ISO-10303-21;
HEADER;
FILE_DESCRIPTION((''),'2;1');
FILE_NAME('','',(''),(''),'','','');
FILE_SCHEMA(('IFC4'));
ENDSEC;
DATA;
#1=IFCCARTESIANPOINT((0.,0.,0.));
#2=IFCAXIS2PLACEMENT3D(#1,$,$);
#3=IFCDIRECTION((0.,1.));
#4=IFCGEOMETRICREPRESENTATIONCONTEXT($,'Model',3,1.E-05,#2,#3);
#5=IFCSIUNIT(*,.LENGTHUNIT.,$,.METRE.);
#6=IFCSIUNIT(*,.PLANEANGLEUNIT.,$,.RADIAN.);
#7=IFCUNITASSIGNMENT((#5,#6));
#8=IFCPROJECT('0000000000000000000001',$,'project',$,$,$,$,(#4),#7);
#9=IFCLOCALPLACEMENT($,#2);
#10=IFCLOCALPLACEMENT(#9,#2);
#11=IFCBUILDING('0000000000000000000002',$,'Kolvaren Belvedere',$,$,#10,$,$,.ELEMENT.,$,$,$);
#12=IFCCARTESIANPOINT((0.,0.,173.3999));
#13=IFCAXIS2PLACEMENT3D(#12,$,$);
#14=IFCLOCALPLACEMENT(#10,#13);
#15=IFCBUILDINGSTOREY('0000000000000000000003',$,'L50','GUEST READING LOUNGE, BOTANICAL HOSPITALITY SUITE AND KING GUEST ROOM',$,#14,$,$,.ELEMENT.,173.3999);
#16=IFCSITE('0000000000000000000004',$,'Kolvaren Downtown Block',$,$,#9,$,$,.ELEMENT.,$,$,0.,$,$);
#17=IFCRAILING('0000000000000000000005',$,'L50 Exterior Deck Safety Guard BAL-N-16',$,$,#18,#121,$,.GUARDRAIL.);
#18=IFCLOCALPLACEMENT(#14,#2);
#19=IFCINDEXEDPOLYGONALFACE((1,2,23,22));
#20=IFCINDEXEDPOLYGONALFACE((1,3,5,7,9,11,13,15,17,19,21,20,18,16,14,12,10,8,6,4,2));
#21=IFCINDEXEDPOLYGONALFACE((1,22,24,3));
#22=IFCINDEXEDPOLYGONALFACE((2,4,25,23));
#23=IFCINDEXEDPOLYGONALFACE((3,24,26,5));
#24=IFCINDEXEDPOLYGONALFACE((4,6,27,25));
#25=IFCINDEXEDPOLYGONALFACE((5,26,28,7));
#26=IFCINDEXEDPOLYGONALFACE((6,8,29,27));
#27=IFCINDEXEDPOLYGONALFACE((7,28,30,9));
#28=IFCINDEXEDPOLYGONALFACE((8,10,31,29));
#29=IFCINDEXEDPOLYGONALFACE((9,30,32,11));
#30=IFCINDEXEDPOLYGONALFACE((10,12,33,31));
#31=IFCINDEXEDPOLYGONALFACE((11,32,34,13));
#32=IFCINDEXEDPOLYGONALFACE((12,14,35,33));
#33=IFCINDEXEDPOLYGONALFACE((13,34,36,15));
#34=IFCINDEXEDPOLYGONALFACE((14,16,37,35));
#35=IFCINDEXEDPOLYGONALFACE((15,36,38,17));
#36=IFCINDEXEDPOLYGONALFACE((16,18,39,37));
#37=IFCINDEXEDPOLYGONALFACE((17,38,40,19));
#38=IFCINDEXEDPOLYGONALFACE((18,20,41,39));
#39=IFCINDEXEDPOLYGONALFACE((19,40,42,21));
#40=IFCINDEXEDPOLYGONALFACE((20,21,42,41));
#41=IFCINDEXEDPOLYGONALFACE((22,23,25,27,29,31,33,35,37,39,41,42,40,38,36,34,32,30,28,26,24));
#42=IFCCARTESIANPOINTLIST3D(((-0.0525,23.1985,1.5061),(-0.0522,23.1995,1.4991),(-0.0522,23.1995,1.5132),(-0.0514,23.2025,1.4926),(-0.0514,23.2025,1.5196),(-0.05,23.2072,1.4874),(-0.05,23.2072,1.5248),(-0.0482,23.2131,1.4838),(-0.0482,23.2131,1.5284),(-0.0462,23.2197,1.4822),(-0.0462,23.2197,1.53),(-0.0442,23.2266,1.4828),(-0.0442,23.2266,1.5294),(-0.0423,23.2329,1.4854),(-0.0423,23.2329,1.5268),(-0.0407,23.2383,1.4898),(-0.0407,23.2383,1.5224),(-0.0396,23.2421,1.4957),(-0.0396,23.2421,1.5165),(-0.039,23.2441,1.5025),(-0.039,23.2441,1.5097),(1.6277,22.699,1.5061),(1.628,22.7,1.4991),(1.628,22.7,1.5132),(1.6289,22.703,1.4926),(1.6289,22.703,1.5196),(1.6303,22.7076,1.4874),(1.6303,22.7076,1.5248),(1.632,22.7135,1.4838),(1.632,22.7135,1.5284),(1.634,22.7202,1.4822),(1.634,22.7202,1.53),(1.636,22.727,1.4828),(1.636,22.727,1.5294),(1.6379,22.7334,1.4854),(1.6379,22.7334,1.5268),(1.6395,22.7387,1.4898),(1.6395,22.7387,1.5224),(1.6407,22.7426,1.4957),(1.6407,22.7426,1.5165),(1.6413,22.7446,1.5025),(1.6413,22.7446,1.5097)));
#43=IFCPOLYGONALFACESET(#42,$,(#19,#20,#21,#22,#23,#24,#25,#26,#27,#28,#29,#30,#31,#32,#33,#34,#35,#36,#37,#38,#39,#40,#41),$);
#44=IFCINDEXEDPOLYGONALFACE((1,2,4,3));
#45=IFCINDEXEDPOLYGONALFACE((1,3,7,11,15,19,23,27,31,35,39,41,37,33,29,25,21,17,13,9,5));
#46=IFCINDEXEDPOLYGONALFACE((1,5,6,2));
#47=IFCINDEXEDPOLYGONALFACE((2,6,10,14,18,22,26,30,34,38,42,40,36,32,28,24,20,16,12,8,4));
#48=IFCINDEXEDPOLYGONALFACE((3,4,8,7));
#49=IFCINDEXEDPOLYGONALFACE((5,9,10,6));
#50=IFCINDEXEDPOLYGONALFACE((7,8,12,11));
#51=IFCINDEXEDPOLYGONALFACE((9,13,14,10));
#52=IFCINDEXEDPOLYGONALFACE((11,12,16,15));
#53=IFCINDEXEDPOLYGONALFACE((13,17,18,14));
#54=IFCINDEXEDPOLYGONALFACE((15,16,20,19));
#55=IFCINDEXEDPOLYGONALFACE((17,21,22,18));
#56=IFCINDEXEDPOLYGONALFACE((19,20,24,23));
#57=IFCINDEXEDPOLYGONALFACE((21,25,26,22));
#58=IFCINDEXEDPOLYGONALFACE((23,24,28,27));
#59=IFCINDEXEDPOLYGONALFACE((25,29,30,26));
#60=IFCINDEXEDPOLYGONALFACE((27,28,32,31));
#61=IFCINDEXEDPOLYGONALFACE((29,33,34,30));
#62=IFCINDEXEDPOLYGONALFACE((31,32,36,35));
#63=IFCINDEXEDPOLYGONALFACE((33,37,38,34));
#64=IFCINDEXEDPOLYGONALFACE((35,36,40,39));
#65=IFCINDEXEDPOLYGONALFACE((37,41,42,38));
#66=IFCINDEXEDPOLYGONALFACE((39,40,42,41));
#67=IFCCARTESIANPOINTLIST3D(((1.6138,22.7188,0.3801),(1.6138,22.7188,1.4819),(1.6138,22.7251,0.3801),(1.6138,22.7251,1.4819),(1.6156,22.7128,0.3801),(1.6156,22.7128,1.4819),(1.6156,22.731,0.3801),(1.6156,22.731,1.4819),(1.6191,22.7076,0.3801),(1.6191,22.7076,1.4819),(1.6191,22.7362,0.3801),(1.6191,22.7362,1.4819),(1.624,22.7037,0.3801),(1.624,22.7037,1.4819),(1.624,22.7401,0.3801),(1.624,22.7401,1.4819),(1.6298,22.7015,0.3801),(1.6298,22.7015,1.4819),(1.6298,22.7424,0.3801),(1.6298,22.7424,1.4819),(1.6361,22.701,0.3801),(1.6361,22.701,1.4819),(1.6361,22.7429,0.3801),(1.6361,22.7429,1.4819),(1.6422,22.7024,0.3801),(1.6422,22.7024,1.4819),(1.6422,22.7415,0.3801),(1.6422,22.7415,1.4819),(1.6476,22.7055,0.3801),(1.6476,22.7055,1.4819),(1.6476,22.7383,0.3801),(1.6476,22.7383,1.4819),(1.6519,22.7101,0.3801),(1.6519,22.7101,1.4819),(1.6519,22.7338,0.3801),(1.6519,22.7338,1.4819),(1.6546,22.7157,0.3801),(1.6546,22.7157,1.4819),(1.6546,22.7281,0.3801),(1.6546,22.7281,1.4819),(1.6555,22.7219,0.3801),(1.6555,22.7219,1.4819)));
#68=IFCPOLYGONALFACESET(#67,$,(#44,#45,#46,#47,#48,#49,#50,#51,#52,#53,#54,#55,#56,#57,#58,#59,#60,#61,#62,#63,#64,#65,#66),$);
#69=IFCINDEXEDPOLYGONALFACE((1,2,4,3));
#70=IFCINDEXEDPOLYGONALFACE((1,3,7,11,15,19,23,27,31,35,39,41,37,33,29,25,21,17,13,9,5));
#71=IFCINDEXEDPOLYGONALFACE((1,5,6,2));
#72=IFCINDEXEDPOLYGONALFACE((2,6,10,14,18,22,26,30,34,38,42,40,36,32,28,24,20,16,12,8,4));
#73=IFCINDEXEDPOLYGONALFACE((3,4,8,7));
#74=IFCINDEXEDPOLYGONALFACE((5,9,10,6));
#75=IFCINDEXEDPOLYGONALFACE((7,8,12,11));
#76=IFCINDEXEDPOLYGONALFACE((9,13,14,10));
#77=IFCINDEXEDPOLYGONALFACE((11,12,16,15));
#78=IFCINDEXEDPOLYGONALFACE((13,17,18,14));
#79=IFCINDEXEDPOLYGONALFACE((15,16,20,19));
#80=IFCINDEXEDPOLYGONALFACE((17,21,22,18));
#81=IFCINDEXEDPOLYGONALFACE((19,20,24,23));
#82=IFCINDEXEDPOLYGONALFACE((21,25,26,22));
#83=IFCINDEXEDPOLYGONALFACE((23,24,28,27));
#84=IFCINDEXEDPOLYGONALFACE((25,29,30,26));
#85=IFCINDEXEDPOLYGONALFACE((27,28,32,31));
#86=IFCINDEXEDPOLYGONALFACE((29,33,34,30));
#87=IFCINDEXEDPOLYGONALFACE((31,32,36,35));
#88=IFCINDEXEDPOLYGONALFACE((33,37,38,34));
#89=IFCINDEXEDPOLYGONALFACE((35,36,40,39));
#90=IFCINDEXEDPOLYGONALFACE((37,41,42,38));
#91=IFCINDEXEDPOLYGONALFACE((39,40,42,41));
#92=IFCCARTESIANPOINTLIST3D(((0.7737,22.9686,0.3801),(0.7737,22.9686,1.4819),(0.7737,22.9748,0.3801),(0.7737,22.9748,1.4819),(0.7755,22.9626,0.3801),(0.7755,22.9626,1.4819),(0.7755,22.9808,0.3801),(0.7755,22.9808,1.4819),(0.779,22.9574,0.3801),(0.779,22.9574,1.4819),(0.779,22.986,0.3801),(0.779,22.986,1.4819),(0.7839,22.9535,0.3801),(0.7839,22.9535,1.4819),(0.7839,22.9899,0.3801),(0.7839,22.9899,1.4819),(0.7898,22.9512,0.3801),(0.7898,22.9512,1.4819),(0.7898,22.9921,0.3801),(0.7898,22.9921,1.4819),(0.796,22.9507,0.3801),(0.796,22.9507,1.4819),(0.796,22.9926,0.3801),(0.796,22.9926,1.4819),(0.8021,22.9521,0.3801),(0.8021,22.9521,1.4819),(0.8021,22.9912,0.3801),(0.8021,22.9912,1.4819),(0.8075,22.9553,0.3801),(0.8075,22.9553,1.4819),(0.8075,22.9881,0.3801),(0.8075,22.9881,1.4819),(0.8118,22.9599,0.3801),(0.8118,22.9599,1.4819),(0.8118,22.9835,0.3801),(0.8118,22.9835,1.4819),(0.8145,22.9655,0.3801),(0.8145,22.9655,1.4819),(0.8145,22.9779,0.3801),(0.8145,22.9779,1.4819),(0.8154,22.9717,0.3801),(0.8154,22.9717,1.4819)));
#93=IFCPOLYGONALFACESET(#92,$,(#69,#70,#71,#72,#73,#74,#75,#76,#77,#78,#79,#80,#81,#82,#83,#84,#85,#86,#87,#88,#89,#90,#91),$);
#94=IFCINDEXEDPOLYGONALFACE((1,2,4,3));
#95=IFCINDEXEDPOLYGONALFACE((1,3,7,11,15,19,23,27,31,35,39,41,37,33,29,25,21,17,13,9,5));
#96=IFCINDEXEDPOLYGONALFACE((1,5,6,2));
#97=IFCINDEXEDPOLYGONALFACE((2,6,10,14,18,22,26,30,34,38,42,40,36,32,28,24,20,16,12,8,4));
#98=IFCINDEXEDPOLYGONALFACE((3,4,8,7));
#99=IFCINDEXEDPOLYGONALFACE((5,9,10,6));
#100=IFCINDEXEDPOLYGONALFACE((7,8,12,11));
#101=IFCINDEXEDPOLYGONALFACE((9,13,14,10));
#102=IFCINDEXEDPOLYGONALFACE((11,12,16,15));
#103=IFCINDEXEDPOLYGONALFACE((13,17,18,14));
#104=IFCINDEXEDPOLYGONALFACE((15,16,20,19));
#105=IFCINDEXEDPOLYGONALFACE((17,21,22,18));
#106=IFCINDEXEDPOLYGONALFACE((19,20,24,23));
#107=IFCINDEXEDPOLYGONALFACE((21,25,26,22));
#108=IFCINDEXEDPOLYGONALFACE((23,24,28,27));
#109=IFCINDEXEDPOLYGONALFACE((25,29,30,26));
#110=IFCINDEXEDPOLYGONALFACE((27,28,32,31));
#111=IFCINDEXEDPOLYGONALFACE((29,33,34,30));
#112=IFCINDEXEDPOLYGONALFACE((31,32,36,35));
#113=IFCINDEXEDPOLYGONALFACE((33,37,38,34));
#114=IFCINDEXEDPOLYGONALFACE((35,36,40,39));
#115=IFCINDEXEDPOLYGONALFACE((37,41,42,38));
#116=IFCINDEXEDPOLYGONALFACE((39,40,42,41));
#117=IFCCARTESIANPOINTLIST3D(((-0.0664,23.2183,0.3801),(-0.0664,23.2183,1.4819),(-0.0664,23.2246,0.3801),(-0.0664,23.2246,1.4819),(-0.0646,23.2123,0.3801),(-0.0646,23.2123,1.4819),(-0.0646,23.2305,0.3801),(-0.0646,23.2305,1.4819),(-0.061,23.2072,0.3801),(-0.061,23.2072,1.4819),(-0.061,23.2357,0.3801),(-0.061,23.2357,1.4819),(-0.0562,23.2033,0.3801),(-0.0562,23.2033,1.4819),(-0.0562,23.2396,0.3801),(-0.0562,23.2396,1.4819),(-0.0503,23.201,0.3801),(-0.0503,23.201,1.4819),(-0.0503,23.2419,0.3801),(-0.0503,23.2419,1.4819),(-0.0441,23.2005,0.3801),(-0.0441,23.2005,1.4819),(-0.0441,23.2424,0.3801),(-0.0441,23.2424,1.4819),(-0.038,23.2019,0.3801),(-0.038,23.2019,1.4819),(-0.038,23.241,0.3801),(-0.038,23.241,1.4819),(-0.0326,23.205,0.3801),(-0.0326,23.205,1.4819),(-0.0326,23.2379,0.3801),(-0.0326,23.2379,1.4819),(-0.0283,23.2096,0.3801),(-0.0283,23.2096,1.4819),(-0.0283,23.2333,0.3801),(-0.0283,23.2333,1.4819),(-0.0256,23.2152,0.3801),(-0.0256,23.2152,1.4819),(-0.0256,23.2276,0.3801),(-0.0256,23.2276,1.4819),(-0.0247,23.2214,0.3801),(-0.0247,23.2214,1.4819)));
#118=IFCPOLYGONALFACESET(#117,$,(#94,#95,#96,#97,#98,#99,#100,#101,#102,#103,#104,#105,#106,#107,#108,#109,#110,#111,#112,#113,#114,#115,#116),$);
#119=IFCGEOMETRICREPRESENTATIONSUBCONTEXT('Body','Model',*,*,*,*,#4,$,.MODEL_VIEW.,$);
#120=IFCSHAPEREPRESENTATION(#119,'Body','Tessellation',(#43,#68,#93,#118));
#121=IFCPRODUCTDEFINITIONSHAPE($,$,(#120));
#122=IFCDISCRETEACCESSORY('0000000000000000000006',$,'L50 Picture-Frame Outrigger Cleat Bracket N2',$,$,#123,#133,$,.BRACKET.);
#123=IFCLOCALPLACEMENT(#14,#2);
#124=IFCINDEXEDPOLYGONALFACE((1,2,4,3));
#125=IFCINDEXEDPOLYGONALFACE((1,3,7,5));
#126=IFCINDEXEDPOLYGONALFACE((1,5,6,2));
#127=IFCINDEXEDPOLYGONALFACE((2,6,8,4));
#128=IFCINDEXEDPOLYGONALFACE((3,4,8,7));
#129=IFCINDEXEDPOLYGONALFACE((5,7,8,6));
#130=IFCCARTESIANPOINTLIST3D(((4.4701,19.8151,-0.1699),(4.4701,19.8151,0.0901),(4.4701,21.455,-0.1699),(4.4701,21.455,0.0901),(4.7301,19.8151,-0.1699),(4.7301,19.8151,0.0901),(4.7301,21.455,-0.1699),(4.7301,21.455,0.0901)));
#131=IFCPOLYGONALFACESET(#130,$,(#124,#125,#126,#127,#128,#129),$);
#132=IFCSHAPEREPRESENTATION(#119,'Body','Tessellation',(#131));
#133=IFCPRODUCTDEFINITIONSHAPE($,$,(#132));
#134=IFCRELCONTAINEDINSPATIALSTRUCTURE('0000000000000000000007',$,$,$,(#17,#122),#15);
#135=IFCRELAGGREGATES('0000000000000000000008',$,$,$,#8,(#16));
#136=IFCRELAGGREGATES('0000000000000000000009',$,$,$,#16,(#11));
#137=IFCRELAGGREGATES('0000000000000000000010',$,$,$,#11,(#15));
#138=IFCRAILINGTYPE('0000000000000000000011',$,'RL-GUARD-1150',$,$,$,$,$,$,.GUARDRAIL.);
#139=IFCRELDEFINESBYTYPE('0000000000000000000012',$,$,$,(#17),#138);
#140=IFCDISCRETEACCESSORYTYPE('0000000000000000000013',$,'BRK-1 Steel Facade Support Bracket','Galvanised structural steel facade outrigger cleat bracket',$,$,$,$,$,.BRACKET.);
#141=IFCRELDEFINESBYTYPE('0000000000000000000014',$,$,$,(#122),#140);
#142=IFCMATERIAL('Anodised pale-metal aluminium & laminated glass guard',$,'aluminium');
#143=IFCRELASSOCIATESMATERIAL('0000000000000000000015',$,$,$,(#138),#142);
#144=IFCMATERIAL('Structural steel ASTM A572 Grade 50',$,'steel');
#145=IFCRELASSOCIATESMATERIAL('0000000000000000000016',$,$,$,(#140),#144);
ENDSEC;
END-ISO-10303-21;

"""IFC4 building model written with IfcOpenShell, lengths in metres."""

from ifc_helpers import new_model, si_unit, direction, frame, origin, origin_2d, place, context, subcontext, project, spatial, rectangle, circle, extrude, material, type_object, element, save


model = new_model("IFC4")

# Units and contexts
model_context = context("Model", 3, precision=1e-05, world=origin(), true_north=direction((0.0, 1.0)))
body_context = subcontext(model_context, "Body", "Model", "MODEL_VIEW")
ifc_project = project(units=[si_unit("LENGTHUNIT", "METRE"), si_unit("PLANEANGLEUNIT", "RADIAN")], contexts=[model_context])

# Site, building, storey
site_placement = place(None, origin())
site = spatial("IfcSite", under=ifc_project, at=site_placement, Name="Kolvaren Downtown Block", CompositionType="ELEMENT", RefElevation=0.0)
building_placement = place(site_placement, origin())
building = spatial("IfcBuilding", under=site, at=building_placement, Name="Kolvaren Belvedere", CompositionType="ELEMENT")
storey_placement = place(building_placement, frame((0.0, 0.0, 173.3999)))
storey = spatial("IfcBuildingStorey", under=building, at=storey_placement, Name="L50", Description="GUEST READING LOUNGE, BOTANICAL HOSPITALITY SUITE AND KING GUEST ROOM", CompositionType="ELEMENT", Elevation=173.3999)

# Railing
ifc_material_1 = material(Name="Anodised pale-metal aluminium & laminated glass guard", Category="aluminium")
railing_type = type_object("IfcRailingType", Name="RL-GUARD-1150", PredefinedType="GUARDRAIL", material=ifc_material_1)
railing_1_placement = place(storey_placement, frame((1.6345, 22.7219, 0.3801)))
element("IfcRailing", 1, at=railing_1_placement, inside=storey, type_object=railing_type, Name="L50 Exterior Deck Safety Guard BAL-N-16", PredefinedType="GUARDRAIL", context=body_context, shape_type="SweptSolid", body=[
    extrude(circle(Radius=0.0239, at=origin_2d()), frame((0.0, 0.0, 1.126), z_axis=(-0.958536, 0.28497, 0.0), x_axis=(-0.28497, -0.958536, 0.0)), (0.0, 0.0, 1.0), 1.7529),
    extrude(circle(Radius=0.021, at=origin_2d()), origin(), (0.0, 0.0, 1.0), 1.1018),
    extrude(circle(Radius=0.021, at=origin_2d()), frame((-0.8401, 0.2498, 0.0)), (0.0, 0.0, 1.0), 1.1018),
    extrude(circle(Radius=0.021, at=origin_2d()), frame((-1.6802, 0.4995, 0.0)), (0.0, 0.0, 1.0), 1.1018),
])

# Discrete accessory
ifc_material_2 = material(Name="Structural steel ASTM A572 Grade 50", Category="steel")
discrete_accessory_type = type_object("IfcDiscreteAccessoryType", Name="BRK-1 Steel Facade Support Bracket", Description="Galvanised structural steel facade outrigger cleat bracket", PredefinedType="BRACKET", material=ifc_material_2)
discrete_accessory_placement = place(storey_placement, frame((4.6001, 20.635, -0.1699), z_axis=(0.0, 0.0, 1.0), x_axis=(0.0, 1.0, 0.0)))
element("IfcDiscreteAccessory", 2, at=discrete_accessory_placement, inside=storey, type_object=discrete_accessory_type, Name="L50 Picture-Frame Outrigger Cleat Bracket N2", PredefinedType="BRACKET", context=body_context, shape_type="SweptSolid", body=[
    extrude(rectangle(XDim=1.6399, YDim=0.26, at=origin_2d()), origin(), (0.0, 0.0, 1.0), 0.26),
])

save(model, "model.ifc")
